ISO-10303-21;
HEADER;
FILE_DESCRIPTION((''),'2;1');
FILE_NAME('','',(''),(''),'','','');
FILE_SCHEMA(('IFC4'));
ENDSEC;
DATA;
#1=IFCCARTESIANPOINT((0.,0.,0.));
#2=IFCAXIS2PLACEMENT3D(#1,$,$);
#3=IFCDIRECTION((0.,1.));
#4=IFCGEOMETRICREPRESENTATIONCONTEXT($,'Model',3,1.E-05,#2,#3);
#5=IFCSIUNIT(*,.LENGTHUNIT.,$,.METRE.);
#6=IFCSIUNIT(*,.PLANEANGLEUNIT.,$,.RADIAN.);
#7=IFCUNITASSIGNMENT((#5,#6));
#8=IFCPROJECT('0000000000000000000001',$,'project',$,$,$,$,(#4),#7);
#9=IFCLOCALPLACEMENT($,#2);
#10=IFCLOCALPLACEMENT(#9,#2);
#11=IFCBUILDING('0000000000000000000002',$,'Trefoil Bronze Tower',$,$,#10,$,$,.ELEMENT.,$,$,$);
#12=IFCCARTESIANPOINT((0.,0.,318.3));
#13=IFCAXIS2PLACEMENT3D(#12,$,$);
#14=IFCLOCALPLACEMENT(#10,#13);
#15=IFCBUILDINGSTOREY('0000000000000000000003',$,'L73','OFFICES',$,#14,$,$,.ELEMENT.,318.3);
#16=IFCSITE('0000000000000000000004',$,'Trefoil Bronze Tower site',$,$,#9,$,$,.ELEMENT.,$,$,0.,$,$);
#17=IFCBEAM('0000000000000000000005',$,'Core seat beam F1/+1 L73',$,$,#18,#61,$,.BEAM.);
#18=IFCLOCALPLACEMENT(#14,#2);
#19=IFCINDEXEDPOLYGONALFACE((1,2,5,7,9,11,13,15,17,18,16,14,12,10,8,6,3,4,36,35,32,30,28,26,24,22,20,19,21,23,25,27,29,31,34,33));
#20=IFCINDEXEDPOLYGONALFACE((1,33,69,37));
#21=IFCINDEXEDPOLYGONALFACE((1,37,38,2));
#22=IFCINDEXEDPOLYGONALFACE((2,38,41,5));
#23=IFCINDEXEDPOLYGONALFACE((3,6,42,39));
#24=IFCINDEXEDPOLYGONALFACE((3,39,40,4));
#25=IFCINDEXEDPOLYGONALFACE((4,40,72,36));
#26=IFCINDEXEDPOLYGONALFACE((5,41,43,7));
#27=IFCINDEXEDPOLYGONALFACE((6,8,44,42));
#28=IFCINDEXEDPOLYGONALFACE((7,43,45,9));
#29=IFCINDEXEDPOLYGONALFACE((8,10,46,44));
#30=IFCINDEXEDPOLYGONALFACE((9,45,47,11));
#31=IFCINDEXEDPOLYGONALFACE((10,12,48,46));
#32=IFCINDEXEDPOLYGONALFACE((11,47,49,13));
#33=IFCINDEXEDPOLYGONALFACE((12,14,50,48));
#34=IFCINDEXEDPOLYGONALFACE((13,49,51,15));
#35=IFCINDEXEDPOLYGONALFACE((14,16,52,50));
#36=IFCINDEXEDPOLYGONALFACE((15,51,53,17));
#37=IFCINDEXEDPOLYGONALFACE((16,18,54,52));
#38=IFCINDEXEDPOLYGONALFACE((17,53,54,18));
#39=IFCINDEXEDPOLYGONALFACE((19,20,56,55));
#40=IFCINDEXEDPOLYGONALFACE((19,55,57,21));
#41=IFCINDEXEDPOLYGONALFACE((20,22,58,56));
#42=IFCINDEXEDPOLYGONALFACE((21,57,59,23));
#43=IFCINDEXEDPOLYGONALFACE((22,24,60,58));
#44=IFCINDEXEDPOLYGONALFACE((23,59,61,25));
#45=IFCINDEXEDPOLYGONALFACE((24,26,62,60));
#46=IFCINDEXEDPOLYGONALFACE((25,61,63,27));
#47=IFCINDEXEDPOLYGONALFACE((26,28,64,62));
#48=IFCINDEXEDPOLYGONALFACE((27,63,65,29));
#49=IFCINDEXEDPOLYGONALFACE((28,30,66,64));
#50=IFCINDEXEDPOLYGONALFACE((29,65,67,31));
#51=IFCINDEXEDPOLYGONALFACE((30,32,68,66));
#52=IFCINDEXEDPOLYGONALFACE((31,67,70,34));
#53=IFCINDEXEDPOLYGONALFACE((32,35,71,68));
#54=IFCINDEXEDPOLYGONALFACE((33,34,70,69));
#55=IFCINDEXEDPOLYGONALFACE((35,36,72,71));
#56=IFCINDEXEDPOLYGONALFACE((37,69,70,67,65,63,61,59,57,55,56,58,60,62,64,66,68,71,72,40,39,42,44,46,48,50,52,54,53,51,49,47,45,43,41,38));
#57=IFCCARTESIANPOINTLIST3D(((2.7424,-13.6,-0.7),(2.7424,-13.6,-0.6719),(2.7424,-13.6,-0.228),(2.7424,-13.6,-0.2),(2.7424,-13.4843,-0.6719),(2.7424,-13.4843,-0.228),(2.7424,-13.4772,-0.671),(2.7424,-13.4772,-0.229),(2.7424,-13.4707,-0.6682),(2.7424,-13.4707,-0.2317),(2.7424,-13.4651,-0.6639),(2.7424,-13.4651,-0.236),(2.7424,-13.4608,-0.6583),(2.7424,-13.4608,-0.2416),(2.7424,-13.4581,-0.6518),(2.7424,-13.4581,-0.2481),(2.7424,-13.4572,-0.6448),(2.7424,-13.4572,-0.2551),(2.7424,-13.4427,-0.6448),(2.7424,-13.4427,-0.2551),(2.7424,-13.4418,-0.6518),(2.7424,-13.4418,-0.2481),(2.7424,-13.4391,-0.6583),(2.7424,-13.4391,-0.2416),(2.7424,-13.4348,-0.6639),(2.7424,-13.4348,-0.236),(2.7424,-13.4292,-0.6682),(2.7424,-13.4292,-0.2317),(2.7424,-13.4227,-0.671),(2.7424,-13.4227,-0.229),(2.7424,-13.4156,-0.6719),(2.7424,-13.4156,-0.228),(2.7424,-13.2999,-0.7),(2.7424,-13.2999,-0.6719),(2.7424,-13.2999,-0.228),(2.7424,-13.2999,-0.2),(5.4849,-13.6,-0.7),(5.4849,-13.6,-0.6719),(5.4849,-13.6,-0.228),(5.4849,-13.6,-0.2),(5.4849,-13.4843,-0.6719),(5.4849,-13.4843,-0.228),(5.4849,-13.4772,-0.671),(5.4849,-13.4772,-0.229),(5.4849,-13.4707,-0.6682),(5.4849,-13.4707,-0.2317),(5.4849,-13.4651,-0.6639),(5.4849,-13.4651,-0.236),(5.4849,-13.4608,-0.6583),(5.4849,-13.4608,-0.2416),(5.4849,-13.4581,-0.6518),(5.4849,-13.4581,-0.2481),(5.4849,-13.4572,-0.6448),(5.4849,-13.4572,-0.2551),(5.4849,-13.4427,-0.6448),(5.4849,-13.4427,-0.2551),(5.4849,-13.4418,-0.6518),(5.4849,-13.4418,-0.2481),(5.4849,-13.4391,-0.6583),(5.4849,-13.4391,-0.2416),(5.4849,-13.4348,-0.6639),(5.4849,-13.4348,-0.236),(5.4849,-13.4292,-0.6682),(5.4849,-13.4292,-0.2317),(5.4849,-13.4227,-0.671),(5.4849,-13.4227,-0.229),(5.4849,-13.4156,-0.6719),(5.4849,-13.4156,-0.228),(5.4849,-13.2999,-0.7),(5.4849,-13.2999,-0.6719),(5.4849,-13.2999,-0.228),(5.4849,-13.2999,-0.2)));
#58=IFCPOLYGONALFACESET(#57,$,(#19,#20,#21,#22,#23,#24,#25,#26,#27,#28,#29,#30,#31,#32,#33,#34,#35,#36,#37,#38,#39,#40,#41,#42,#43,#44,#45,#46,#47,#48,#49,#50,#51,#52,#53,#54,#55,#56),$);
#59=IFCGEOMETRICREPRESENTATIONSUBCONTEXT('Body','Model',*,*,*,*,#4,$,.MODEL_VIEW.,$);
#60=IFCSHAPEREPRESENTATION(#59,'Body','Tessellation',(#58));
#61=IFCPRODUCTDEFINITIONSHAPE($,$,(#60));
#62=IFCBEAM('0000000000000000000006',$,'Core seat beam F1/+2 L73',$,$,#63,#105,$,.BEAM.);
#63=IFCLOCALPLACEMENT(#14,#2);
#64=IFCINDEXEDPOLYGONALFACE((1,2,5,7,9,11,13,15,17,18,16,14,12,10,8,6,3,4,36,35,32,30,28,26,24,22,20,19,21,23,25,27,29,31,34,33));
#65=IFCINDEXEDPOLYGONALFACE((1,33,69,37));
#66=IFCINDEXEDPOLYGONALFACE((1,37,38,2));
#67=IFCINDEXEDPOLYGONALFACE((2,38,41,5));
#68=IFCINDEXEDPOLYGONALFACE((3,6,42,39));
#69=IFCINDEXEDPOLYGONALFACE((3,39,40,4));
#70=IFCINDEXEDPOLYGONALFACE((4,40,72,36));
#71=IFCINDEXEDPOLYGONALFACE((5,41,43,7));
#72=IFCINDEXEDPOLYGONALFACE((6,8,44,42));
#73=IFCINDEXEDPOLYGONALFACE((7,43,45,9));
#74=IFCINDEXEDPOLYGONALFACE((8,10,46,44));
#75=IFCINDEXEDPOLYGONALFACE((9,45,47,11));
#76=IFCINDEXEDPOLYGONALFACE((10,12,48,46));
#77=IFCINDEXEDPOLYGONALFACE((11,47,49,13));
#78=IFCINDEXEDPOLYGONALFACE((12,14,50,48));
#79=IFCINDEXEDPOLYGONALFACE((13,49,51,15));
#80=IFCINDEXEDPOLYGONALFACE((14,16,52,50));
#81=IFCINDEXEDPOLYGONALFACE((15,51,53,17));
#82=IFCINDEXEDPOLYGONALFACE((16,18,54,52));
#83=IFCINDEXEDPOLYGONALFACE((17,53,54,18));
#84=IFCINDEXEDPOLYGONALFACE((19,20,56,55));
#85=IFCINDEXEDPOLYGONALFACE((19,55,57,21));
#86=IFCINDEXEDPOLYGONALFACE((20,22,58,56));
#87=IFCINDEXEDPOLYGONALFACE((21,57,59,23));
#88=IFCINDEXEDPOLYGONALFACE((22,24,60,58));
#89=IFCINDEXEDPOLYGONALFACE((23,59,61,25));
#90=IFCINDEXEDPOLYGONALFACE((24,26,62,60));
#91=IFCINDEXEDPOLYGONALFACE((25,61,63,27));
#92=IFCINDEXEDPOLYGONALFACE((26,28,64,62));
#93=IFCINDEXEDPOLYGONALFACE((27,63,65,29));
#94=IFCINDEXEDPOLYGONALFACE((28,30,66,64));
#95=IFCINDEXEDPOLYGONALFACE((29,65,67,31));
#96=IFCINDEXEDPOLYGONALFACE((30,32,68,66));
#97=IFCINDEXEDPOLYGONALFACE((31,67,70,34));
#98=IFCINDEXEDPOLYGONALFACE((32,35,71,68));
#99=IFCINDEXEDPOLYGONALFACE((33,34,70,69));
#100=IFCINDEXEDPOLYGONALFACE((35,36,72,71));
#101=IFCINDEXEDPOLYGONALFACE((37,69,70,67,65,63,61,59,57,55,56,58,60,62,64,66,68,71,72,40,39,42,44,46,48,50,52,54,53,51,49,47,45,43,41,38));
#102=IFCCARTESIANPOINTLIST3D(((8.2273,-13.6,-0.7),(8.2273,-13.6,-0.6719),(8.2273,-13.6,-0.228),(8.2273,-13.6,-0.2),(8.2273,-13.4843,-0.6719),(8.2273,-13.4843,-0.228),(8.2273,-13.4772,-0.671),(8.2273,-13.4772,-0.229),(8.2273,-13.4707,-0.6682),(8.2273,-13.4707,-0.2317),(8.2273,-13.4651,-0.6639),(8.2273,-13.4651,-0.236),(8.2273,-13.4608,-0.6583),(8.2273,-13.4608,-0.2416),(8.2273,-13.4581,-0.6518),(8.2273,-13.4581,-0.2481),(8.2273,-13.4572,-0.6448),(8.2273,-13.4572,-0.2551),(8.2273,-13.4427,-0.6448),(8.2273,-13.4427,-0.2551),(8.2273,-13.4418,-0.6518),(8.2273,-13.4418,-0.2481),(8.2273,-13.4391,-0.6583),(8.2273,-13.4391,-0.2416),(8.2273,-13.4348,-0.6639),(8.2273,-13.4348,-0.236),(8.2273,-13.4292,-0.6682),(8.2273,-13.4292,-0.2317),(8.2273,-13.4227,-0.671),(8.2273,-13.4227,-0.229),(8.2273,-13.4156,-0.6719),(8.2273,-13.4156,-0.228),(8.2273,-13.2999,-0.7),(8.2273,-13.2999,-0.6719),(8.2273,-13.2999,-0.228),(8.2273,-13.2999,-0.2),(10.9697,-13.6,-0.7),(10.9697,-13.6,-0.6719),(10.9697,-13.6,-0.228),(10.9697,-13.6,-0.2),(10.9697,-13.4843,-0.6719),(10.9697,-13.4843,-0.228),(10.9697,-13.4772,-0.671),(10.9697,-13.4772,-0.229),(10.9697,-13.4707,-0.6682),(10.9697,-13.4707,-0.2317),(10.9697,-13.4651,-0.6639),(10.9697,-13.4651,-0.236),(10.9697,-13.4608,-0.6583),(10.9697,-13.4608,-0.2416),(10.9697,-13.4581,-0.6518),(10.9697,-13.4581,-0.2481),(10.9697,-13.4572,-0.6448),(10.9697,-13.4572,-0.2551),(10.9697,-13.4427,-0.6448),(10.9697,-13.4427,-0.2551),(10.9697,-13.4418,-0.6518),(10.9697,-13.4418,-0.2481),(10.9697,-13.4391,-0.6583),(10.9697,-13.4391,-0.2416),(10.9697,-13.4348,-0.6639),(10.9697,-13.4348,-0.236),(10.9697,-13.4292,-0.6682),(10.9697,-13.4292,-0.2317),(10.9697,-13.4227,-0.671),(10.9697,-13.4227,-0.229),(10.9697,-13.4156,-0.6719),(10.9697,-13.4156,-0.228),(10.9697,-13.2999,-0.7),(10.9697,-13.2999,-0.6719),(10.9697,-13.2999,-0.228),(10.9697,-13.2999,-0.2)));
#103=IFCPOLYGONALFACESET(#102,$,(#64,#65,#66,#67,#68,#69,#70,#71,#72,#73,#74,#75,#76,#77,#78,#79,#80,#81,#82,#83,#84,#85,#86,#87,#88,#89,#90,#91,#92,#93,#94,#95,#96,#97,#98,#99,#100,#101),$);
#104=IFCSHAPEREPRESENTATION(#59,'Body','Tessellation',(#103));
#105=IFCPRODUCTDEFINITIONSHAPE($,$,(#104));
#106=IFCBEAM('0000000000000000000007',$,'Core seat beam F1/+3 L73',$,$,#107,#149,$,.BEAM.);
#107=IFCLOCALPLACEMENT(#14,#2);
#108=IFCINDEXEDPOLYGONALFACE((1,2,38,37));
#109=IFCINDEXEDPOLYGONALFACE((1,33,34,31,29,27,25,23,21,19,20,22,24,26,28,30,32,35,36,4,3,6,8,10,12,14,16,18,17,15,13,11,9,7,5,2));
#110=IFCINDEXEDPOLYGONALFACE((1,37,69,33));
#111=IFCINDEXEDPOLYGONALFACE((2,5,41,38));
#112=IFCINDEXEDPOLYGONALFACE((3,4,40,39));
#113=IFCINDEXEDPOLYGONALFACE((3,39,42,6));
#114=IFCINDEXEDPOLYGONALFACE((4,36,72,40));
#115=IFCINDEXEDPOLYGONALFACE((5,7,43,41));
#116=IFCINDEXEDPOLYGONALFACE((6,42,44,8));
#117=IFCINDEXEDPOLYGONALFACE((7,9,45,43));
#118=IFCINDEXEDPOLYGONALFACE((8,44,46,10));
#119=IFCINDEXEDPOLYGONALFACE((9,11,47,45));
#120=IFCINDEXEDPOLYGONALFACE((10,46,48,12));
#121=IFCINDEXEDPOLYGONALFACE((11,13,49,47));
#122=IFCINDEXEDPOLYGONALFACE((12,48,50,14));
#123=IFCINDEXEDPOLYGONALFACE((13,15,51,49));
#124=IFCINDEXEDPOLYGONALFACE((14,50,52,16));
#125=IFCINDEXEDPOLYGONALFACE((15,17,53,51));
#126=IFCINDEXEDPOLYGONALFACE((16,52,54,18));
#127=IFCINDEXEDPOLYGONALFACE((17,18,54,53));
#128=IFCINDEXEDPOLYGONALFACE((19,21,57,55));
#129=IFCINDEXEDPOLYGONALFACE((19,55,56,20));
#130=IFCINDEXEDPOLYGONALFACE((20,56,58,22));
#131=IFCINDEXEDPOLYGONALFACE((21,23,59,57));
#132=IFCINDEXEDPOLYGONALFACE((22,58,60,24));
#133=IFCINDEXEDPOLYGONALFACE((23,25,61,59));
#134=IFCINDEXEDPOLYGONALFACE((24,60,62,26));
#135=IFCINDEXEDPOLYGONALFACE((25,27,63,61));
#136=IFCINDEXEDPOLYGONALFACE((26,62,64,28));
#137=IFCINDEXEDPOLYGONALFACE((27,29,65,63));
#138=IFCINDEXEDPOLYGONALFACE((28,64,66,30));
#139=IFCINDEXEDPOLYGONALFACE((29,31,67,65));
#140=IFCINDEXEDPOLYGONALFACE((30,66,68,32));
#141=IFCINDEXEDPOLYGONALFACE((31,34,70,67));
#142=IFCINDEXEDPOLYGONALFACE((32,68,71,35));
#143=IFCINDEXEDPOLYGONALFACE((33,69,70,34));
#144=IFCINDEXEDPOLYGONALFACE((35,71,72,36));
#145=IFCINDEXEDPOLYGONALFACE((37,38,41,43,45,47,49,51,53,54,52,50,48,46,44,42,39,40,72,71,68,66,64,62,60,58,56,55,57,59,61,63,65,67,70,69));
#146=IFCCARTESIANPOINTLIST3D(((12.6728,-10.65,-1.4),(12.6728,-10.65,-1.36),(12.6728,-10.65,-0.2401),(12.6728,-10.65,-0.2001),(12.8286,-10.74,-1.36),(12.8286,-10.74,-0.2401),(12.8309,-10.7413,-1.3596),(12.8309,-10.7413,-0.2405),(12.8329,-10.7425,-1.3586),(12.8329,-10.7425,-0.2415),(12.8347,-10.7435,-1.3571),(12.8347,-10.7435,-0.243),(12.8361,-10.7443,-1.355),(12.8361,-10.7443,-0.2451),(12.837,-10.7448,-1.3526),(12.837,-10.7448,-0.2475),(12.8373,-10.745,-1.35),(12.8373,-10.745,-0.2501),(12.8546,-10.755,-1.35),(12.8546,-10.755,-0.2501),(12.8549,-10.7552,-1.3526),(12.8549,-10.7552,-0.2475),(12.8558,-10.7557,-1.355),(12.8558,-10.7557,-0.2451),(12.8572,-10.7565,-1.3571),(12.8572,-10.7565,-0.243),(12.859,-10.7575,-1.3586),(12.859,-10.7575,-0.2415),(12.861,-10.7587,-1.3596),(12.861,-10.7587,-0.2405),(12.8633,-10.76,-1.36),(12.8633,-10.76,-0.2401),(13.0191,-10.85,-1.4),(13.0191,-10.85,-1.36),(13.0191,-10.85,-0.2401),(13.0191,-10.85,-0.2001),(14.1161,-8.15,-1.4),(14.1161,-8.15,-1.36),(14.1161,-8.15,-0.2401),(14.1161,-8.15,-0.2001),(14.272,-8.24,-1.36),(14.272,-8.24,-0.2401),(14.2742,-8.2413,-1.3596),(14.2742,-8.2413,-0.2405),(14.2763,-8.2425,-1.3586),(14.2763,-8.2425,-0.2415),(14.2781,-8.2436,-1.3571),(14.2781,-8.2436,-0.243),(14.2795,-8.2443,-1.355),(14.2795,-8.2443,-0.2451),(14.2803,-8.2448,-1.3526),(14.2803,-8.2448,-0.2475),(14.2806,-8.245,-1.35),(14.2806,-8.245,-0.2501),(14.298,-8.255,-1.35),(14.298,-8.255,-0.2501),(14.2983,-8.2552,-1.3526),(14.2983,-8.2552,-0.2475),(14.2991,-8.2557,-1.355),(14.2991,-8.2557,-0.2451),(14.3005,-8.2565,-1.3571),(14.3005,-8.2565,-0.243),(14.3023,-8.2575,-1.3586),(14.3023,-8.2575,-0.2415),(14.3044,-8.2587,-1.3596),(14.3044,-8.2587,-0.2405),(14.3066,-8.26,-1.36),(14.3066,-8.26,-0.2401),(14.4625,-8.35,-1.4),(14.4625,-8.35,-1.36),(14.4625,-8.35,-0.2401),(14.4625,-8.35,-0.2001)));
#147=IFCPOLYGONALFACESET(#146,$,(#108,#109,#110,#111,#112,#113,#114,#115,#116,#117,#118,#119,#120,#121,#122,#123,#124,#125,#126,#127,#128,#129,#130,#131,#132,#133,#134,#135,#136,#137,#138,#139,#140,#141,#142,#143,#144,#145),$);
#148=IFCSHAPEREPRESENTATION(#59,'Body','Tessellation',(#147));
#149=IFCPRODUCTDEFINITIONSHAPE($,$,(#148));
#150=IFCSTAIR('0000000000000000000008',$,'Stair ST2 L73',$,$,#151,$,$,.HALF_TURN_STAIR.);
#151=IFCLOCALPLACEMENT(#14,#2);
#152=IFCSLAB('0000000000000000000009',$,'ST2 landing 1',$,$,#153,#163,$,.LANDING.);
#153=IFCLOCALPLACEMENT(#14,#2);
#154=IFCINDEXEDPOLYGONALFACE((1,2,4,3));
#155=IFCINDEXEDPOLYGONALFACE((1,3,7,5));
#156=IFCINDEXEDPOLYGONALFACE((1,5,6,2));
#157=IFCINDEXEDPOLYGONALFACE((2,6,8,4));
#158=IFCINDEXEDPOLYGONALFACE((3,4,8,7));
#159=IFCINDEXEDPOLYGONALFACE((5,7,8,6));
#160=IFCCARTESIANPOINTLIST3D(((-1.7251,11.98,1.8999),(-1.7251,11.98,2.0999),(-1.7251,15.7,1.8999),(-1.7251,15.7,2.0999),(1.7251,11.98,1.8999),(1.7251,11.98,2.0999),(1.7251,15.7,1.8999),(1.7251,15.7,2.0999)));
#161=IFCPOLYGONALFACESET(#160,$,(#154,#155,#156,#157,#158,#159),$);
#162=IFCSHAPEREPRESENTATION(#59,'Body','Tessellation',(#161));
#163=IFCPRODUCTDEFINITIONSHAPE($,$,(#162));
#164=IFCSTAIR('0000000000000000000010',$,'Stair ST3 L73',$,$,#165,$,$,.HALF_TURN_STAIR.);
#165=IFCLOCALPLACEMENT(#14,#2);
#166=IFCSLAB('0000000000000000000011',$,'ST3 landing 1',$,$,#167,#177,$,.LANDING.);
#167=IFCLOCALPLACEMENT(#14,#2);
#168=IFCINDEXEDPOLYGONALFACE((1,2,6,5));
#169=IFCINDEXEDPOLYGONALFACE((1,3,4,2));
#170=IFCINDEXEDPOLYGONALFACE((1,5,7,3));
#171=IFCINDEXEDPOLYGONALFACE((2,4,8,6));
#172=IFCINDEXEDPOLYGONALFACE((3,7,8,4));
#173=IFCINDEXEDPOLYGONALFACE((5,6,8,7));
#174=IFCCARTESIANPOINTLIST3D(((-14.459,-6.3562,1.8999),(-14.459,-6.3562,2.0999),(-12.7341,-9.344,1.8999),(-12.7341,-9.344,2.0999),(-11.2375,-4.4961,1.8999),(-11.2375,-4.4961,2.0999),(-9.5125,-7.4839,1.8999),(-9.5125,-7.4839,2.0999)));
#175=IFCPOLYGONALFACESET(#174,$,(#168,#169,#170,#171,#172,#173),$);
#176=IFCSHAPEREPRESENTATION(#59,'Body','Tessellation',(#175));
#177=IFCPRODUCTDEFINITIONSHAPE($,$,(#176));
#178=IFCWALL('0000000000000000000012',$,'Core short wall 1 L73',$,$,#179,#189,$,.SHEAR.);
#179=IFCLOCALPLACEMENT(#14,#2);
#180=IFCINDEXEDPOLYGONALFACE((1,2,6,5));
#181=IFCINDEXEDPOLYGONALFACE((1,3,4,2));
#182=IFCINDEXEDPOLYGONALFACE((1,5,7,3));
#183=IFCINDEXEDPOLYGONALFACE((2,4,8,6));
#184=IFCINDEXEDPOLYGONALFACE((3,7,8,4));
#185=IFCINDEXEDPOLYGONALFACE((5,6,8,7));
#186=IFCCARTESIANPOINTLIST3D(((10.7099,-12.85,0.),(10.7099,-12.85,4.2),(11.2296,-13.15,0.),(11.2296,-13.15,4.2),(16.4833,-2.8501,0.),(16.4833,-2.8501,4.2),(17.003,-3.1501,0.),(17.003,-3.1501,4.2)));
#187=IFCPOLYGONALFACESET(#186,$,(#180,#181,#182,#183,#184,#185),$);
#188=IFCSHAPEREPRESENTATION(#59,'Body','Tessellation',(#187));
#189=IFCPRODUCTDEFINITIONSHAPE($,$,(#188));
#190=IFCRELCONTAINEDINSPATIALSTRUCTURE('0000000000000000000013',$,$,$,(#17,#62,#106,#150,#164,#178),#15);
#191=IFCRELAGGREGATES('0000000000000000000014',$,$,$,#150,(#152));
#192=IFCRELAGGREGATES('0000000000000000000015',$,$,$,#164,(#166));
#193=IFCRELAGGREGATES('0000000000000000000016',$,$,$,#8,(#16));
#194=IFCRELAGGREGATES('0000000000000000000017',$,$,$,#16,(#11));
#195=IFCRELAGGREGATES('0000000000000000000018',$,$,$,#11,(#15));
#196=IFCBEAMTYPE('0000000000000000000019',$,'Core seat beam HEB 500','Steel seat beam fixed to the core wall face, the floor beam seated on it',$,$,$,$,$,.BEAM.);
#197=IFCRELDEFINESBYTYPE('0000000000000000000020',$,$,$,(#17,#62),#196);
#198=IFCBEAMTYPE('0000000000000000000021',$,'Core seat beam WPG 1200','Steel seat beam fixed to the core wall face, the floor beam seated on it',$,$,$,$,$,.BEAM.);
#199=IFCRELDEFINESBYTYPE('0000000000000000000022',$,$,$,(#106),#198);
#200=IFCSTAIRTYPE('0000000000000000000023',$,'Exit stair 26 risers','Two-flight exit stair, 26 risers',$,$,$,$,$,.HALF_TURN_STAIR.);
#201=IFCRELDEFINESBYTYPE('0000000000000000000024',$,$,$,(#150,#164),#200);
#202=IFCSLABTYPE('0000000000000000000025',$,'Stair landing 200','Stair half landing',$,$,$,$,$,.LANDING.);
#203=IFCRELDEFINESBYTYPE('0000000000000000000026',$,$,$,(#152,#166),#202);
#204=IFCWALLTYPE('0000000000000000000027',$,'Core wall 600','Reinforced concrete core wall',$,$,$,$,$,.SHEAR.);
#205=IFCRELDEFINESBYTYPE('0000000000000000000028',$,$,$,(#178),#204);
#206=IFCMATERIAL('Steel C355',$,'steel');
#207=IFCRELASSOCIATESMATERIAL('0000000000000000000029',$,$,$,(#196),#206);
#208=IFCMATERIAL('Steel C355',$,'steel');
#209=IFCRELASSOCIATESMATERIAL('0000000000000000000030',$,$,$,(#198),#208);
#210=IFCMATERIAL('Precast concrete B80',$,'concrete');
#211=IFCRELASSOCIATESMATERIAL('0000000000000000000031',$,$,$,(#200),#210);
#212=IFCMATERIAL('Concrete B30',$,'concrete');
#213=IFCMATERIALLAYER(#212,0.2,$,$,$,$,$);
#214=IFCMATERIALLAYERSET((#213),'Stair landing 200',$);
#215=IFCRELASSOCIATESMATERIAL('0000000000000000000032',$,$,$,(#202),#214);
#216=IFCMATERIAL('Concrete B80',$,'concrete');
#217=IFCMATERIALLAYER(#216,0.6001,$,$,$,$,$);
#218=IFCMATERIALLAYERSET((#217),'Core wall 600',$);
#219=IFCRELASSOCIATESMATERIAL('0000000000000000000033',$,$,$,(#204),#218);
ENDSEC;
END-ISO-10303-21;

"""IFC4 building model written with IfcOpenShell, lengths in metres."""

from ifc_helpers import new_model, si_unit, direction, frame, frame_2d, origin, origin_2d, place, context, subcontext, project, spatial, polyline, rectangle, i_section, outline, extrude, material, layer, layer_set, material_profile, profile_set, type_object, element, aggregate, save


model = new_model("IFC4")

# Units and contexts
model_context = context("Model", 3, precision=1e-05, world=origin(), true_north=direction((0.0, 1.0)))
body_context = subcontext(model_context, "Body", "Model", "MODEL_VIEW")
ifc_project = project(units=[si_unit("LENGTHUNIT", "METRE"), si_unit("PLANEANGLEUNIT", "RADIAN")], contexts=[model_context])

# Site, building, storey
site_placement = place(None, origin())
site = spatial("IfcSite", under=ifc_project, at=site_placement, Name="Trefoil Bronze Tower site", CompositionType="ELEMENT", RefElevation=0.0)
building_placement = place(site_placement, origin())
building = spatial("IfcBuilding", under=site, at=building_placement, Name="Trefoil Bronze Tower", CompositionType="ELEMENT")
storey_placement = place(building_placement, frame((0.0, 0.0, 318.3)))
storey = spatial("IfcBuildingStorey", under=building, at=storey_placement, Name="L73", Description="OFFICES", CompositionType="ELEMENT", Elevation=318.3)

# Beams
ifc_material_1 = material(Name="Steel C355", Category="steel")
ifc_material_profile_1 = material_profile(ifc_material_1, i_section(OverallWidth=0.3, OverallDepth=0.5, WebThickness=0.0144, FlangeThickness=0.0281, FilletRadius=0.0271, at=origin_2d()), Name="HEB 500")
ifc_profile_set_1 = profile_set([ifc_material_profile_1], Name="Steel C355")
beam_type_1 = type_object("IfcBeamType", Name="Core seat beam HEB 500", Description="Steel seat beam fixed to the core wall face, the floor beam seated on it", PredefinedType="BEAM", material=ifc_profile_set_1)
for number, where, z_axis, x_axis, name in (
    (1, (2.7424, -13.45, -0.45), (1.0, 0.0, 0.0), (0.0, 1.0, 0.0), "Core seat beam F1/+1 L73"),
    (2, (8.2273, -13.45, -0.45), (1.0, 0.0, 0.0), (0.0, 1.0, 0.0), "Core seat beam F1/+2 L73"),
):
    element("IfcBeam", number, at=place(storey_placement, frame(where, z_axis=z_axis, x_axis=x_axis)), inside=storey, type_object=beam_type_1, Name=name, PredefinedType="BEAM", context=body_context, shape_type="SweptSolid", body=[
        extrude(i_section(OverallWidth=0.3, OverallDepth=0.5, WebThickness=0.0144, FlangeThickness=0.0281, FilletRadius=0.0271, at=origin_2d()), origin(), (0.0, 0.0, 1.0), 2.7424),
    ])
ifc_material_2 = material(Name="Steel C355", Category="steel")
ifc_material_profile_2 = material_profile(ifc_material_2, i_section(OverallWidth=0.3999, OverallDepth=1.2, WebThickness=0.02, FlangeThickness=0.04, FilletRadius=0.01, at=origin_2d()), Name="WPG 1200")
ifc_profile_set_2 = profile_set([ifc_material_profile_2], Name="Steel C355")
beam_type_2 = type_object("IfcBeamType", Name="Core seat beam WPG 1200", Description="Steel seat beam fixed to the core wall face, the floor beam seated on it", PredefinedType="BEAM", material=ifc_profile_set_2)
beam_placement = place(storey_placement, frame((12.8459, -10.75, -0.8), z_axis=(0.499996, 0.866028, 0.0), x_axis=(-0.866028, 0.499996, 0.0)))
element("IfcBeam", 3, at=beam_placement, inside=storey, type_object=beam_type_2, Name="Core seat beam F1/+3 L73", PredefinedType="BEAM", context=body_context, shape_type="SweptSolid", body=[
    extrude(i_section(OverallWidth=0.3999, OverallDepth=1.2, WebThickness=0.02, FlangeThickness=0.04, FilletRadius=0.01, at=origin_2d()), origin(), (0.0, 0.0, 1.0), 2.8867),
])

# Stairs, slabs
ifc_material_3 = material(Name="Precast concrete B80", Category="concrete")
stair_type = type_object("IfcStairType", Name="Exit stair 26 risers", Description="Two-flight exit stair, 26 risers", PredefinedType="HALF_TURN_STAIR", material=ifc_material_3)
stair_1_placement = place(storey_placement, origin())
stair_1 = element("IfcStair", 4, at=stair_1_placement, inside=storey, type_object=stair_type, Name="Stair ST2 L73", PredefinedType="HALF_TURN_STAIR")
ifc_material_4 = material(Name="Concrete B30", Category="concrete")
ifc_layer_1 = layer(ifc_material_4, 0.2)
ifc_layer_set_1 = layer_set([ifc_layer_1], Name="Stair landing 200")
slab_type = type_object("IfcSlabType", Name="Stair landing 200", Description="Stair half landing", PredefinedType="LANDING", material=ifc_layer_set_1)
slab_1_placement = place(storey_placement, frame((0.0, 0.0, 1.8999)))
slab_1 = element("IfcSlab", 5, at=slab_1_placement, type_object=slab_type, Name="ST2 landing 1", PredefinedType="LANDING", context=body_context, shape_type="SweptSolid", body=[
    extrude(outline(polyline([(1.7251, 11.98), (1.7251, 15.7), (-1.7251, 15.7), (-1.7251, 11.98), (1.7251, 11.98)])), origin(), (0.0, 0.0, 1.0), 0.2),
])
aggregate(stair_1, [slab_1])
stair_2_placement = place(storey_placement, origin())
stair_2 = element("IfcStair", 6, at=stair_2_placement, inside=storey, type_object=stair_type, Name="Stair ST3 L73", PredefinedType="HALF_TURN_STAIR")
slab_2_placement = place(storey_placement, frame((0.0, 0.0, 1.8999)))
slab_2 = element("IfcSlab", 7, at=slab_2_placement, type_object=slab_type, Name="ST3 landing 1", PredefinedType="LANDING", context=body_context, shape_type="SweptSolid", body=[
    extrude(outline(polyline([(-11.2375, -4.4961), (-14.459, -6.3562), (-12.7341, -9.344), (-9.5125, -7.4839), (-11.2375, -4.4961)])), origin(), (0.0, 0.0, 1.0), 0.2),
])
aggregate(stair_2, [slab_2])

# Wall
ifc_material_5 = material(Name="Concrete B80", Category="concrete")
ifc_layer_2 = layer(ifc_material_5, 0.6001)
ifc_layer_set_2 = layer_set([ifc_layer_2], Name="Core wall 600")
wall_type_1 = type_object("IfcWallType", Name="Core wall 600", Description="Reinforced concrete core wall", PredefinedType="SHEAR", material=ifc_layer_set_2)
wall_1_placement = place(storey_placement, frame((10.9697, -13.0, 0.0), z_axis=(0.0, 0.0, 1.0), x_axis=(0.499996, 0.866028, 0.0)))
element("IfcWall", 8, at=wall_1_placement, inside=storey, type_object=wall_type_1, Name="Core short wall 1 L73", PredefinedType="SHEAR", context=body_context, shape_type="SweptSolid", body=[
    extrude(rectangle(XDim=11.5469, YDim=0.6001, at=frame_2d((5.7734, 0.0))), origin(), (0.0, 0.0, 1.0), 4.2),
])

save(model, "model.ifc")
